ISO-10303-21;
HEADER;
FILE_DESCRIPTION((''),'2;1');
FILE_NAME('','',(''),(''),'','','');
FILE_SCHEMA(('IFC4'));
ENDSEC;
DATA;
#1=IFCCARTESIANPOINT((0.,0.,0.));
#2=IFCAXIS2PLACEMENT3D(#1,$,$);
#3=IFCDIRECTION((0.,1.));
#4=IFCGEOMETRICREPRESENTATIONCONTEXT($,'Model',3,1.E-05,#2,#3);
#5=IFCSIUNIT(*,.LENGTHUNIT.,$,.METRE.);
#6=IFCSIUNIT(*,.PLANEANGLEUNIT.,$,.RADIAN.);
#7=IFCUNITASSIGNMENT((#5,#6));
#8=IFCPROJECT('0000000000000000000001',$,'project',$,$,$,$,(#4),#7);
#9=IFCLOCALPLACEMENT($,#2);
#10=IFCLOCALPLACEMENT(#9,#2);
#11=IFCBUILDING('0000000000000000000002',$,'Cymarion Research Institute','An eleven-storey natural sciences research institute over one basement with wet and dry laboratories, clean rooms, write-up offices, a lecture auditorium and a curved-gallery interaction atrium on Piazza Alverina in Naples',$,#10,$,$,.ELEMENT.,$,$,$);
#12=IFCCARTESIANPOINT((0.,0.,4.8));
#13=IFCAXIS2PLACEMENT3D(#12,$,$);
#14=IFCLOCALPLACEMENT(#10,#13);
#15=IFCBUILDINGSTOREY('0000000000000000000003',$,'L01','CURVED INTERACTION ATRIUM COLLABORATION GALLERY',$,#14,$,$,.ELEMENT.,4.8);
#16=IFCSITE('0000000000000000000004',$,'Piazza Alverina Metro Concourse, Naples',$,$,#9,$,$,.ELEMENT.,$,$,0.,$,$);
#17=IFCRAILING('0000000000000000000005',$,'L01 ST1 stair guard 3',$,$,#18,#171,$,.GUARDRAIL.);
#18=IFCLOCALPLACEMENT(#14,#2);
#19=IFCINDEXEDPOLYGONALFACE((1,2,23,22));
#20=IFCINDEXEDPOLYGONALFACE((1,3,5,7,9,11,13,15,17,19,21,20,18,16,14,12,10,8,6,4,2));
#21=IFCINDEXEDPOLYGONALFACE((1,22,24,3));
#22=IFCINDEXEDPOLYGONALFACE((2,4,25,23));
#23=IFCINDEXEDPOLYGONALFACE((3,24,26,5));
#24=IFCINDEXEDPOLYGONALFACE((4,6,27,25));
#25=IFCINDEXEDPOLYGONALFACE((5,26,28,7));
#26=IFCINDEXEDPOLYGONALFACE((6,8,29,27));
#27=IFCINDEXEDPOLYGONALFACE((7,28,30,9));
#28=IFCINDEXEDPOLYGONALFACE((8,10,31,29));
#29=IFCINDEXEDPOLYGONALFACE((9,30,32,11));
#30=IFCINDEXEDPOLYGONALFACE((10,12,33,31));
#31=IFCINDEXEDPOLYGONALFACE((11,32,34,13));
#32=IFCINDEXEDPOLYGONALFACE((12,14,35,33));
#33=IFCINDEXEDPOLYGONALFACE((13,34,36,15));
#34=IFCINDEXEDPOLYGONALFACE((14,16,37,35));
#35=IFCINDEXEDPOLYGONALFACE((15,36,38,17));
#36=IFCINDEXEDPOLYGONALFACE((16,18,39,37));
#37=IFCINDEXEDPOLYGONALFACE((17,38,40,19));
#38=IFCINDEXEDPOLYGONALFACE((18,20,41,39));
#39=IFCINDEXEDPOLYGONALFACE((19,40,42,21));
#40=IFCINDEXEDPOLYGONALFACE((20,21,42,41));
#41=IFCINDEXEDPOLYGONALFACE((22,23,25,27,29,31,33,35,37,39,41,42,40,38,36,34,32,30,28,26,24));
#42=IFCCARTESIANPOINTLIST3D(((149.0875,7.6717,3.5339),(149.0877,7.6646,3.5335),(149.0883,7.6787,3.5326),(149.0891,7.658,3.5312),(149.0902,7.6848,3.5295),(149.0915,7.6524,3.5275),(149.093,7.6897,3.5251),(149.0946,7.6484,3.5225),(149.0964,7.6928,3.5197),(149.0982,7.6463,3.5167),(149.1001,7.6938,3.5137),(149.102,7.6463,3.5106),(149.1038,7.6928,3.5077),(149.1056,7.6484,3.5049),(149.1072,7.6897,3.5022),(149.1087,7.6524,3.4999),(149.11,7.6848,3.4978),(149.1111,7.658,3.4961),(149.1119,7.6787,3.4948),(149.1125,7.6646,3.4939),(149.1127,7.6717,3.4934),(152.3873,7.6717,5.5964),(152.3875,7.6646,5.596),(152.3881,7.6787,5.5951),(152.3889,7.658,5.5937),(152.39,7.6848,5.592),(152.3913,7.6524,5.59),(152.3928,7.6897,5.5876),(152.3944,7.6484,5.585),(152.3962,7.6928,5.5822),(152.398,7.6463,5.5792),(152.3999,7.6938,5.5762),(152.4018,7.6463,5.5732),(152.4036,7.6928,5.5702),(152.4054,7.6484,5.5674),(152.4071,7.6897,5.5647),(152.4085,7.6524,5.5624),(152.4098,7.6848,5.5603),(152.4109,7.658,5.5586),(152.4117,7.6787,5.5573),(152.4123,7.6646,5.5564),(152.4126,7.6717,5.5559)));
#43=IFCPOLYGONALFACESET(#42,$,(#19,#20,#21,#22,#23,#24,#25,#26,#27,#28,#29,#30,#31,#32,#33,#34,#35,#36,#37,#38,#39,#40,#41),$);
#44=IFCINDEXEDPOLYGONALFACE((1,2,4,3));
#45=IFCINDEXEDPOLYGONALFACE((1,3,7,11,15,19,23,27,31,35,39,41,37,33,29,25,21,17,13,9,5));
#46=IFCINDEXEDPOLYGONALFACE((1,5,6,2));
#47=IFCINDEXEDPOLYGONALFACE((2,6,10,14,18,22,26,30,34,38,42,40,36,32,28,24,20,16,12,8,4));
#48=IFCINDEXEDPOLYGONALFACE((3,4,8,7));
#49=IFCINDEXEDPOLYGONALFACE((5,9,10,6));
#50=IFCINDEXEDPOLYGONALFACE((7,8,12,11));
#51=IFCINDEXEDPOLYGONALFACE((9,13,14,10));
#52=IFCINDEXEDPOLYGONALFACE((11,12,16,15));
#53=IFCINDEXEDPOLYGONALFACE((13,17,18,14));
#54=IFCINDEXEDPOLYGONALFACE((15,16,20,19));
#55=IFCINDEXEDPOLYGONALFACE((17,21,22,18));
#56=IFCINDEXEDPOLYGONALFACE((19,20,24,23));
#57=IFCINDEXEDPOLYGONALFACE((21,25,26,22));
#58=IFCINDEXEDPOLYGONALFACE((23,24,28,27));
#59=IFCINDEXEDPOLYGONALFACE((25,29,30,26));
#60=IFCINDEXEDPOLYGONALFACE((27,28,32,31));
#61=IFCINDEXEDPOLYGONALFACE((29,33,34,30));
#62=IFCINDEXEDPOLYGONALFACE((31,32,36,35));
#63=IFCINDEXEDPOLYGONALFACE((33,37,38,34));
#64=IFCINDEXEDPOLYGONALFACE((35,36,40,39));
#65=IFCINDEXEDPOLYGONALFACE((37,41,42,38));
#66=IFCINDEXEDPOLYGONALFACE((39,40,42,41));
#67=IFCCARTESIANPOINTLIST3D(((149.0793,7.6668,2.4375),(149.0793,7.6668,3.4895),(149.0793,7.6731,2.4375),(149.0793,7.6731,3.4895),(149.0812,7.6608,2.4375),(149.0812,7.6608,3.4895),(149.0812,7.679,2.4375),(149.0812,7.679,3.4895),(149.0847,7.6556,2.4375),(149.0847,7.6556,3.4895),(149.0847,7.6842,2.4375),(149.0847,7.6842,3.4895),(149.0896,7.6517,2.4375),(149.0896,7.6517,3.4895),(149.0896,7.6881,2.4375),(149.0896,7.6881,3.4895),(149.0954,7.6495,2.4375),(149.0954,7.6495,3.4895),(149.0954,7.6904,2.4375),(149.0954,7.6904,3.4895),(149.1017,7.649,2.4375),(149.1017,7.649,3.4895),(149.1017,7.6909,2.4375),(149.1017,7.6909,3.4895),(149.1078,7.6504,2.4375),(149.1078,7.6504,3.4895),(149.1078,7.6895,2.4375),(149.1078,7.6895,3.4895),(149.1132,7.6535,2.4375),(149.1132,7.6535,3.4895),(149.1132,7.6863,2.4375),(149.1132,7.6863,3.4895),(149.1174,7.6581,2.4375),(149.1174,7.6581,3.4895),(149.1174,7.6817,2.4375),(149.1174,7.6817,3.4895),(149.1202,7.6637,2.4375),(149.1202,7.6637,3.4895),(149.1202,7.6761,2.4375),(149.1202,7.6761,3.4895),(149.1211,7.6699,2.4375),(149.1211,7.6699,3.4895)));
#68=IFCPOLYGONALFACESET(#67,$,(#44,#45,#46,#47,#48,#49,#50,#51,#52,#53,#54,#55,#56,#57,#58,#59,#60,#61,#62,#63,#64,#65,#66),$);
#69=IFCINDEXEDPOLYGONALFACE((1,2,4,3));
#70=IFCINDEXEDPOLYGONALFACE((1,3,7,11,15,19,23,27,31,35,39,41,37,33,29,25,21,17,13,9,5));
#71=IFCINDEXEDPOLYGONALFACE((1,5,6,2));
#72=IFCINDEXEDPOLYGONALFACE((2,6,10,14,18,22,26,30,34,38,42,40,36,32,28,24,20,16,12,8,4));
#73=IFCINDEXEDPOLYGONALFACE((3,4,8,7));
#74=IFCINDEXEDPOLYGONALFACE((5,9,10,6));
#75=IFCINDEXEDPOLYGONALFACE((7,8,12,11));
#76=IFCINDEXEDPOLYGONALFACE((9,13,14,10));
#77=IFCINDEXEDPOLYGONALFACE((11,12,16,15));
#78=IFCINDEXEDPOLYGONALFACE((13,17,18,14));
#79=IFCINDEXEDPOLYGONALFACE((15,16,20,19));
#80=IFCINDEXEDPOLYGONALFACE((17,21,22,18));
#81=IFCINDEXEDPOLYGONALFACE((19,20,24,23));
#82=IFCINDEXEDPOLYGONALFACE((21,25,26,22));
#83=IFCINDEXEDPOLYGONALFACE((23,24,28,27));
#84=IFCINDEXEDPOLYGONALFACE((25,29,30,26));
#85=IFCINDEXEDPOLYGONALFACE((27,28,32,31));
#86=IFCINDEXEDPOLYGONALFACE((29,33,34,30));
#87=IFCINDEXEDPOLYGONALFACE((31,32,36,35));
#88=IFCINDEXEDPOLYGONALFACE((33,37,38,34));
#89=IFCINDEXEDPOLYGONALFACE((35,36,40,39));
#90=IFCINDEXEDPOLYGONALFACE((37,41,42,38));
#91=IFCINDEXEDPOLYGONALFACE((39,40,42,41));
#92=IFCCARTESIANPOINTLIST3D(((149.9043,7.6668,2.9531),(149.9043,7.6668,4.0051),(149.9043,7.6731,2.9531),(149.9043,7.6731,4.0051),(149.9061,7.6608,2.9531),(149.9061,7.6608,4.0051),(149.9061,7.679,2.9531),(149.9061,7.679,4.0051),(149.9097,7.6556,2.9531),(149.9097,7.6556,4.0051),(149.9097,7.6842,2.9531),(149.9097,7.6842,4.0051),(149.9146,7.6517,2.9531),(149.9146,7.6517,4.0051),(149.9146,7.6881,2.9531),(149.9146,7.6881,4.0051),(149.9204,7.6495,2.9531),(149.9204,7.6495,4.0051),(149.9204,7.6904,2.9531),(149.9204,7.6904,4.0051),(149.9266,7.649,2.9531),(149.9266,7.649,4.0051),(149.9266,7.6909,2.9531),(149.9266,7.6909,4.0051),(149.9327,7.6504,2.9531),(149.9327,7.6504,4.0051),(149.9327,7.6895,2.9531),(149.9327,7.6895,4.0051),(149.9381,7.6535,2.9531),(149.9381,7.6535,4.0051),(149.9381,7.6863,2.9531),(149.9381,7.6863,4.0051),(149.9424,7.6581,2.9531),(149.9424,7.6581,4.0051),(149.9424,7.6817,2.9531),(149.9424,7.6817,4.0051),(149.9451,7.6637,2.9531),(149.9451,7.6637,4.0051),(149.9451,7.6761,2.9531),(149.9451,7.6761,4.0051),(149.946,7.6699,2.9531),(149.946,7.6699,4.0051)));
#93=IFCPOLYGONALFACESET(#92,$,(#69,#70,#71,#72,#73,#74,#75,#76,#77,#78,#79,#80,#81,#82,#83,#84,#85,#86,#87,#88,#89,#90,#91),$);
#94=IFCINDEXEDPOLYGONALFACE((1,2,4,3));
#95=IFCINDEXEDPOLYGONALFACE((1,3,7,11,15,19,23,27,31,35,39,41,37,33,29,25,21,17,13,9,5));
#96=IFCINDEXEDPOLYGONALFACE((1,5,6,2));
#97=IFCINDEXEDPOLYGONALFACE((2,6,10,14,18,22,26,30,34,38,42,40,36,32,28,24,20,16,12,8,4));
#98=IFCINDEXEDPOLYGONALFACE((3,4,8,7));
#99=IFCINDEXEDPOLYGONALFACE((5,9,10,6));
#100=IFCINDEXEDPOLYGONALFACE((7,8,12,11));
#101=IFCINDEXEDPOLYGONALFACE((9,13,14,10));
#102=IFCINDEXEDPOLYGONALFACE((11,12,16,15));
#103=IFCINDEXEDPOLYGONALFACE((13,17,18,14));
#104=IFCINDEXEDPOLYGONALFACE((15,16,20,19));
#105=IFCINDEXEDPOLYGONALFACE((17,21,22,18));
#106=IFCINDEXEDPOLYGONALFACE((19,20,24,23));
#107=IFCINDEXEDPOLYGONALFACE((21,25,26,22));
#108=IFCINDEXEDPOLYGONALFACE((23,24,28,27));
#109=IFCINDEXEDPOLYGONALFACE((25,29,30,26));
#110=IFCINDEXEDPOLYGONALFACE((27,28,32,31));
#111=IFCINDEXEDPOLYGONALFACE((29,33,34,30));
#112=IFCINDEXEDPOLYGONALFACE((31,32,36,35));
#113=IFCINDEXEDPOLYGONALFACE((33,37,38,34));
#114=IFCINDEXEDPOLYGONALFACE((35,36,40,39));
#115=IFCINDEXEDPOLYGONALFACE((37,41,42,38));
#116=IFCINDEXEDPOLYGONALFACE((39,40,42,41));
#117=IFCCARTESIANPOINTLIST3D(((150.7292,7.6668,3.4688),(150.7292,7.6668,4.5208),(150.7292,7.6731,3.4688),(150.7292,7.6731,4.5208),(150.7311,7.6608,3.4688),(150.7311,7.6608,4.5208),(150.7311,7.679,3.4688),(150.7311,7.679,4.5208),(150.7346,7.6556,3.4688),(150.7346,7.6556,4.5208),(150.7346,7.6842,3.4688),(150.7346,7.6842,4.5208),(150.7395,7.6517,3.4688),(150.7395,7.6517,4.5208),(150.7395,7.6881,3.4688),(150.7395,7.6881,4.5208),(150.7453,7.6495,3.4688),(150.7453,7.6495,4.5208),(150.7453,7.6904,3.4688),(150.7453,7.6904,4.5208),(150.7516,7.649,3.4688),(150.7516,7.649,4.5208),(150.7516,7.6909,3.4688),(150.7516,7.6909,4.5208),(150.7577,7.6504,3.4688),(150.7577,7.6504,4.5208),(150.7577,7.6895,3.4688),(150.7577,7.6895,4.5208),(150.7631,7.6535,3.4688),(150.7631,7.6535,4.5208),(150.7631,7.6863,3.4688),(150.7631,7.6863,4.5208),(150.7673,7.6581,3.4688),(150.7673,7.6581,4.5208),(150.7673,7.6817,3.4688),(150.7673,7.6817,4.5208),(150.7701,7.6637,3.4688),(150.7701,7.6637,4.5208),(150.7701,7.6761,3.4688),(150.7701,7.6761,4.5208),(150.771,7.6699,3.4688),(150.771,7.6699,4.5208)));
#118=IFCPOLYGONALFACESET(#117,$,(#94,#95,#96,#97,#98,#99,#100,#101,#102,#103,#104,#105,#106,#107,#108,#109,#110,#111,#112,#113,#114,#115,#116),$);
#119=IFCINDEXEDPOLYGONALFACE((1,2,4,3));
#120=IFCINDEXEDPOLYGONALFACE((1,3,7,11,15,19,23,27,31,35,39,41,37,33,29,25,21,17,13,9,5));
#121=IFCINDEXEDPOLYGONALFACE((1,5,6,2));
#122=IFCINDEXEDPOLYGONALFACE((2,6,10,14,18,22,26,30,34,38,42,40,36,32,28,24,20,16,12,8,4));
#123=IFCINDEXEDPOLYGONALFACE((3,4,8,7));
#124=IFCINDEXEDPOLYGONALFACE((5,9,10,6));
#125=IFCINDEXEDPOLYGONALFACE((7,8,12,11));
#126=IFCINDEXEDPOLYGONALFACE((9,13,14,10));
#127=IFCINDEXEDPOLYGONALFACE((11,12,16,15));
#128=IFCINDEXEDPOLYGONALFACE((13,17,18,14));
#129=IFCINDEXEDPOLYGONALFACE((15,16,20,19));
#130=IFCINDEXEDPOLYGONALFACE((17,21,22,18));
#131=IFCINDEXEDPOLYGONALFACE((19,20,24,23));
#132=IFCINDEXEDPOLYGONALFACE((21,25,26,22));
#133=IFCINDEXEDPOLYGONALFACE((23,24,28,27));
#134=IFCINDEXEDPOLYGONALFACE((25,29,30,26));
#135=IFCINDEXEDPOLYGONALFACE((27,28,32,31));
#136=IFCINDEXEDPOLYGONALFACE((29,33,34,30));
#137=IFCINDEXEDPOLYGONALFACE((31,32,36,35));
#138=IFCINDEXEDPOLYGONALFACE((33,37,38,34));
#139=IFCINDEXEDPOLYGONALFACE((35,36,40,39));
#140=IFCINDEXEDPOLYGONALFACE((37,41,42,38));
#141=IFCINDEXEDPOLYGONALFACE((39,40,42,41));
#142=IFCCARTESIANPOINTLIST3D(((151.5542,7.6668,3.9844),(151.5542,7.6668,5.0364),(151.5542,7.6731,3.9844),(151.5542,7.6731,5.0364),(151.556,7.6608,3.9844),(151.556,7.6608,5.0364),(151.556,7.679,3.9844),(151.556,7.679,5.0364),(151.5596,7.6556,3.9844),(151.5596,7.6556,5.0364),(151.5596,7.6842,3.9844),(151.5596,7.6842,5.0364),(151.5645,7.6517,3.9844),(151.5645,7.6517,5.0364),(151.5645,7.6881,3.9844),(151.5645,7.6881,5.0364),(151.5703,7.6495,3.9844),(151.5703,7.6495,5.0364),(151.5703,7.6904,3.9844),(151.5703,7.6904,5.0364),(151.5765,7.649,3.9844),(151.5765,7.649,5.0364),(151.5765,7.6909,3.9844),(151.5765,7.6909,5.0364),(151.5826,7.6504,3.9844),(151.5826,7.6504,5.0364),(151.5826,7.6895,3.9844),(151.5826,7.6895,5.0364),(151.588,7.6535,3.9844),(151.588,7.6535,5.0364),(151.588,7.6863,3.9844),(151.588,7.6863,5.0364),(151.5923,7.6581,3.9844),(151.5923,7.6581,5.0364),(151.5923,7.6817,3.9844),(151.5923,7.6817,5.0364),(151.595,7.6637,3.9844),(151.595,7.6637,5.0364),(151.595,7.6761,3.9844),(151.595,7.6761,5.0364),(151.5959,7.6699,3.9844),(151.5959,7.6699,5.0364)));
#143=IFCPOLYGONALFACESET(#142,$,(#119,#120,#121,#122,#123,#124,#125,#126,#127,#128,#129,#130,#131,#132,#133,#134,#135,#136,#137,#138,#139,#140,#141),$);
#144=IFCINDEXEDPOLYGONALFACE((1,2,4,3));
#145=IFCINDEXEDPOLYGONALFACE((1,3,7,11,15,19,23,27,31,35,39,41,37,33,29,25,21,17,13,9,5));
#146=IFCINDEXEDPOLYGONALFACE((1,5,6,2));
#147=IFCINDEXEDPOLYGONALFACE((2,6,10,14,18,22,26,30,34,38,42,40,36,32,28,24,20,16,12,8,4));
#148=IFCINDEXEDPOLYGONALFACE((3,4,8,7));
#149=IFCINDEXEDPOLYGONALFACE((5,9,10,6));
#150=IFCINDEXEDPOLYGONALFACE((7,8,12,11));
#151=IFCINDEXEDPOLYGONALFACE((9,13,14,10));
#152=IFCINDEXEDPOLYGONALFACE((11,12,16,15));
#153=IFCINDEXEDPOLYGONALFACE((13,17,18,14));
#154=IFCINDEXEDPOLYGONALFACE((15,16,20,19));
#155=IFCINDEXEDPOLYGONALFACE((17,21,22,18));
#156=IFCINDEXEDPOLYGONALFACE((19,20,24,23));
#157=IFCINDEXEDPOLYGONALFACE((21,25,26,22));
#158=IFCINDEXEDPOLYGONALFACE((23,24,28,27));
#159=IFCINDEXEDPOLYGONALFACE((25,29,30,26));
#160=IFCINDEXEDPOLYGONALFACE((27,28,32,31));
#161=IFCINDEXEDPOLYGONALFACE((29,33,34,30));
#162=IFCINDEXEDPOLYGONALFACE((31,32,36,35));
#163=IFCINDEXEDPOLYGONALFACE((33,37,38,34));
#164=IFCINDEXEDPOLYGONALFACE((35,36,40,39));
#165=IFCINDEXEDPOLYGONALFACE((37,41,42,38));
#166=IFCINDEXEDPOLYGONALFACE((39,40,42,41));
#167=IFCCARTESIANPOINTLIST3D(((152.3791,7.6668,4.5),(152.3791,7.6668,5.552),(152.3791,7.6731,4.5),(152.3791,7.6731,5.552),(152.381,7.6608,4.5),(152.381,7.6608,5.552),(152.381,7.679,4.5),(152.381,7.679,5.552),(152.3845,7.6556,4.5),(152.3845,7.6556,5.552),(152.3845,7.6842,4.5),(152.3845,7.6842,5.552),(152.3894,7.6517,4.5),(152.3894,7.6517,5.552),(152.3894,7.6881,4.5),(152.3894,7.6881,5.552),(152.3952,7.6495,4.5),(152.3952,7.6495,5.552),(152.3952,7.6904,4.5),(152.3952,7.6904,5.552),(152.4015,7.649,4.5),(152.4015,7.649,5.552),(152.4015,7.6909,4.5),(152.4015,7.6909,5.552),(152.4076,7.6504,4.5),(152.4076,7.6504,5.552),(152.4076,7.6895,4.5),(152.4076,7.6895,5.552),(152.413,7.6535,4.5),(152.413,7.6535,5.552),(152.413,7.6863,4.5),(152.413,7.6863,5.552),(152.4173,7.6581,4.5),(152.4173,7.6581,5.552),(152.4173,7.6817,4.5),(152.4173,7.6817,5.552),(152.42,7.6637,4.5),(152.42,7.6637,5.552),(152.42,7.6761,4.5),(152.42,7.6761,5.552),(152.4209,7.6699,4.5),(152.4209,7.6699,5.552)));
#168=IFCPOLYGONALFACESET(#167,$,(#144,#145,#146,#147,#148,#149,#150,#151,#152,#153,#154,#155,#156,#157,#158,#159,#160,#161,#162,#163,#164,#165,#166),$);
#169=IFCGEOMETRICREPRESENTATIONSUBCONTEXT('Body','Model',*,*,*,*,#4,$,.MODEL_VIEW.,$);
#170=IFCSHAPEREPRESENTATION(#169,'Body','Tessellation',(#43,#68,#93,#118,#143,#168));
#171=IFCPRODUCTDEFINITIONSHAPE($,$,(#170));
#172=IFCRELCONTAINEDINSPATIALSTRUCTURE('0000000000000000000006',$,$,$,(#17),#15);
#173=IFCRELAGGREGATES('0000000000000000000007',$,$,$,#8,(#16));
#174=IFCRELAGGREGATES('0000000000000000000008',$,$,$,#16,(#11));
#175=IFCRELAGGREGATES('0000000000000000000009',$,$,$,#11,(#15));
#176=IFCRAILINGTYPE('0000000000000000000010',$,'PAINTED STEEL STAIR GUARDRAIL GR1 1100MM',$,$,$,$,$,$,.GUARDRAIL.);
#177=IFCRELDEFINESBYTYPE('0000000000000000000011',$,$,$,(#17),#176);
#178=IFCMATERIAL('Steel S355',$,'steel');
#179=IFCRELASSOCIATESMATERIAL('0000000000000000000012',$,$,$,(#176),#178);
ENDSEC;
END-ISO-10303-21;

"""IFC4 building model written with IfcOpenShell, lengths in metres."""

from ifc_helpers import new_model, si_unit, direction, frame, origin, origin_2d, place, context, subcontext, project, spatial, circle, extrude, material, type_object, element, save


model = new_model("IFC4")

# Units and contexts
model_context = context("Model", 3, precision=1e-05, world=origin(), true_north=direction((0.0, 1.0)))
body_context = subcontext(model_context, "Body", "Model", "MODEL_VIEW")
ifc_project = project(units=[si_unit("LENGTHUNIT", "METRE"), si_unit("PLANEANGLEUNIT", "RADIAN")], contexts=[model_context])

# Site, building, storey
site_placement = place(None, origin())
site = spatial("IfcSite", under=ifc_project, at=site_placement, Name="Piazza Alverina Metro Concourse, Naples", CompositionType="ELEMENT", RefElevation=0.0)
building_placement = place(site_placement, origin())
building = spatial("IfcBuilding", under=site, at=building_placement, Name="Cymarion Research Institute", Description="An eleven-storey natural sciences research institute over one basement with wet and dry laboratories, clean rooms, write-up offices, a lecture auditorium and a curved-gallery interaction atrium on Piazza Alverina in Naples", CompositionType="ELEMENT")
storey_placement = place(building_placement, frame((0.0, 0.0, 4.8)))
storey = spatial("IfcBuildingStorey", under=building, at=storey_placement, Name="L01", Description="CURVED INTERACTION ATRIUM COLLABORATION GALLERY", CompositionType="ELEMENT", Elevation=4.8)

# Shared definitions
ifc_material_1 = material(Name="Steel S355", Category="steel")

# Railing
railing_type_1 = type_object("IfcRailingType", Name="PAINTED STEEL STAIR GUARDRAIL GR1 1100MM", PredefinedType="GUARDRAIL", material=ifc_material_1)
railing_1_placement = place(storey_placement, frame((149.1001, 7.6699, 2.4375)))
element("IfcRailing", 1, at=railing_1_placement, inside=storey, type_object=railing_type_1, Name="L01 ST1 stair guard 3", PredefinedType="GUARDRAIL", context=body_context, shape_type="SweptSolid", body=[
    extrude(circle(Radius=0.0239, at=origin_2d()), frame((0.0, 0.0, 1.0762), z_axis=(0.847984, 0.0, 0.530021), x_axis=(0.0, 1.0, 0.0)), (0.0, 0.0, 1.0), 3.8914),
    extrude(circle(Radius=0.021, at=origin_2d()), origin(), (0.0, 0.0, 1.0), 1.052),
    extrude(circle(Radius=0.021, at=origin_2d()), frame((0.825, 0.0, 0.5156)), (0.0, 0.0, 1.0), 1.052),
    extrude(circle(Radius=0.021, at=origin_2d()), frame((1.6499, 0.0, 1.0312)), (0.0, 0.0, 1.0), 1.052),
    extrude(circle(Radius=0.021, at=origin_2d()), frame((2.4749, 0.0, 1.5469)), (0.0, 0.0, 1.0), 1.052),
    extrude(circle(Radius=0.021, at=origin_2d()), frame((3.2998, 0.0, 2.0625)), (0.0, 0.0, 1.0), 1.052),
])

save(model, "model.ifc")
